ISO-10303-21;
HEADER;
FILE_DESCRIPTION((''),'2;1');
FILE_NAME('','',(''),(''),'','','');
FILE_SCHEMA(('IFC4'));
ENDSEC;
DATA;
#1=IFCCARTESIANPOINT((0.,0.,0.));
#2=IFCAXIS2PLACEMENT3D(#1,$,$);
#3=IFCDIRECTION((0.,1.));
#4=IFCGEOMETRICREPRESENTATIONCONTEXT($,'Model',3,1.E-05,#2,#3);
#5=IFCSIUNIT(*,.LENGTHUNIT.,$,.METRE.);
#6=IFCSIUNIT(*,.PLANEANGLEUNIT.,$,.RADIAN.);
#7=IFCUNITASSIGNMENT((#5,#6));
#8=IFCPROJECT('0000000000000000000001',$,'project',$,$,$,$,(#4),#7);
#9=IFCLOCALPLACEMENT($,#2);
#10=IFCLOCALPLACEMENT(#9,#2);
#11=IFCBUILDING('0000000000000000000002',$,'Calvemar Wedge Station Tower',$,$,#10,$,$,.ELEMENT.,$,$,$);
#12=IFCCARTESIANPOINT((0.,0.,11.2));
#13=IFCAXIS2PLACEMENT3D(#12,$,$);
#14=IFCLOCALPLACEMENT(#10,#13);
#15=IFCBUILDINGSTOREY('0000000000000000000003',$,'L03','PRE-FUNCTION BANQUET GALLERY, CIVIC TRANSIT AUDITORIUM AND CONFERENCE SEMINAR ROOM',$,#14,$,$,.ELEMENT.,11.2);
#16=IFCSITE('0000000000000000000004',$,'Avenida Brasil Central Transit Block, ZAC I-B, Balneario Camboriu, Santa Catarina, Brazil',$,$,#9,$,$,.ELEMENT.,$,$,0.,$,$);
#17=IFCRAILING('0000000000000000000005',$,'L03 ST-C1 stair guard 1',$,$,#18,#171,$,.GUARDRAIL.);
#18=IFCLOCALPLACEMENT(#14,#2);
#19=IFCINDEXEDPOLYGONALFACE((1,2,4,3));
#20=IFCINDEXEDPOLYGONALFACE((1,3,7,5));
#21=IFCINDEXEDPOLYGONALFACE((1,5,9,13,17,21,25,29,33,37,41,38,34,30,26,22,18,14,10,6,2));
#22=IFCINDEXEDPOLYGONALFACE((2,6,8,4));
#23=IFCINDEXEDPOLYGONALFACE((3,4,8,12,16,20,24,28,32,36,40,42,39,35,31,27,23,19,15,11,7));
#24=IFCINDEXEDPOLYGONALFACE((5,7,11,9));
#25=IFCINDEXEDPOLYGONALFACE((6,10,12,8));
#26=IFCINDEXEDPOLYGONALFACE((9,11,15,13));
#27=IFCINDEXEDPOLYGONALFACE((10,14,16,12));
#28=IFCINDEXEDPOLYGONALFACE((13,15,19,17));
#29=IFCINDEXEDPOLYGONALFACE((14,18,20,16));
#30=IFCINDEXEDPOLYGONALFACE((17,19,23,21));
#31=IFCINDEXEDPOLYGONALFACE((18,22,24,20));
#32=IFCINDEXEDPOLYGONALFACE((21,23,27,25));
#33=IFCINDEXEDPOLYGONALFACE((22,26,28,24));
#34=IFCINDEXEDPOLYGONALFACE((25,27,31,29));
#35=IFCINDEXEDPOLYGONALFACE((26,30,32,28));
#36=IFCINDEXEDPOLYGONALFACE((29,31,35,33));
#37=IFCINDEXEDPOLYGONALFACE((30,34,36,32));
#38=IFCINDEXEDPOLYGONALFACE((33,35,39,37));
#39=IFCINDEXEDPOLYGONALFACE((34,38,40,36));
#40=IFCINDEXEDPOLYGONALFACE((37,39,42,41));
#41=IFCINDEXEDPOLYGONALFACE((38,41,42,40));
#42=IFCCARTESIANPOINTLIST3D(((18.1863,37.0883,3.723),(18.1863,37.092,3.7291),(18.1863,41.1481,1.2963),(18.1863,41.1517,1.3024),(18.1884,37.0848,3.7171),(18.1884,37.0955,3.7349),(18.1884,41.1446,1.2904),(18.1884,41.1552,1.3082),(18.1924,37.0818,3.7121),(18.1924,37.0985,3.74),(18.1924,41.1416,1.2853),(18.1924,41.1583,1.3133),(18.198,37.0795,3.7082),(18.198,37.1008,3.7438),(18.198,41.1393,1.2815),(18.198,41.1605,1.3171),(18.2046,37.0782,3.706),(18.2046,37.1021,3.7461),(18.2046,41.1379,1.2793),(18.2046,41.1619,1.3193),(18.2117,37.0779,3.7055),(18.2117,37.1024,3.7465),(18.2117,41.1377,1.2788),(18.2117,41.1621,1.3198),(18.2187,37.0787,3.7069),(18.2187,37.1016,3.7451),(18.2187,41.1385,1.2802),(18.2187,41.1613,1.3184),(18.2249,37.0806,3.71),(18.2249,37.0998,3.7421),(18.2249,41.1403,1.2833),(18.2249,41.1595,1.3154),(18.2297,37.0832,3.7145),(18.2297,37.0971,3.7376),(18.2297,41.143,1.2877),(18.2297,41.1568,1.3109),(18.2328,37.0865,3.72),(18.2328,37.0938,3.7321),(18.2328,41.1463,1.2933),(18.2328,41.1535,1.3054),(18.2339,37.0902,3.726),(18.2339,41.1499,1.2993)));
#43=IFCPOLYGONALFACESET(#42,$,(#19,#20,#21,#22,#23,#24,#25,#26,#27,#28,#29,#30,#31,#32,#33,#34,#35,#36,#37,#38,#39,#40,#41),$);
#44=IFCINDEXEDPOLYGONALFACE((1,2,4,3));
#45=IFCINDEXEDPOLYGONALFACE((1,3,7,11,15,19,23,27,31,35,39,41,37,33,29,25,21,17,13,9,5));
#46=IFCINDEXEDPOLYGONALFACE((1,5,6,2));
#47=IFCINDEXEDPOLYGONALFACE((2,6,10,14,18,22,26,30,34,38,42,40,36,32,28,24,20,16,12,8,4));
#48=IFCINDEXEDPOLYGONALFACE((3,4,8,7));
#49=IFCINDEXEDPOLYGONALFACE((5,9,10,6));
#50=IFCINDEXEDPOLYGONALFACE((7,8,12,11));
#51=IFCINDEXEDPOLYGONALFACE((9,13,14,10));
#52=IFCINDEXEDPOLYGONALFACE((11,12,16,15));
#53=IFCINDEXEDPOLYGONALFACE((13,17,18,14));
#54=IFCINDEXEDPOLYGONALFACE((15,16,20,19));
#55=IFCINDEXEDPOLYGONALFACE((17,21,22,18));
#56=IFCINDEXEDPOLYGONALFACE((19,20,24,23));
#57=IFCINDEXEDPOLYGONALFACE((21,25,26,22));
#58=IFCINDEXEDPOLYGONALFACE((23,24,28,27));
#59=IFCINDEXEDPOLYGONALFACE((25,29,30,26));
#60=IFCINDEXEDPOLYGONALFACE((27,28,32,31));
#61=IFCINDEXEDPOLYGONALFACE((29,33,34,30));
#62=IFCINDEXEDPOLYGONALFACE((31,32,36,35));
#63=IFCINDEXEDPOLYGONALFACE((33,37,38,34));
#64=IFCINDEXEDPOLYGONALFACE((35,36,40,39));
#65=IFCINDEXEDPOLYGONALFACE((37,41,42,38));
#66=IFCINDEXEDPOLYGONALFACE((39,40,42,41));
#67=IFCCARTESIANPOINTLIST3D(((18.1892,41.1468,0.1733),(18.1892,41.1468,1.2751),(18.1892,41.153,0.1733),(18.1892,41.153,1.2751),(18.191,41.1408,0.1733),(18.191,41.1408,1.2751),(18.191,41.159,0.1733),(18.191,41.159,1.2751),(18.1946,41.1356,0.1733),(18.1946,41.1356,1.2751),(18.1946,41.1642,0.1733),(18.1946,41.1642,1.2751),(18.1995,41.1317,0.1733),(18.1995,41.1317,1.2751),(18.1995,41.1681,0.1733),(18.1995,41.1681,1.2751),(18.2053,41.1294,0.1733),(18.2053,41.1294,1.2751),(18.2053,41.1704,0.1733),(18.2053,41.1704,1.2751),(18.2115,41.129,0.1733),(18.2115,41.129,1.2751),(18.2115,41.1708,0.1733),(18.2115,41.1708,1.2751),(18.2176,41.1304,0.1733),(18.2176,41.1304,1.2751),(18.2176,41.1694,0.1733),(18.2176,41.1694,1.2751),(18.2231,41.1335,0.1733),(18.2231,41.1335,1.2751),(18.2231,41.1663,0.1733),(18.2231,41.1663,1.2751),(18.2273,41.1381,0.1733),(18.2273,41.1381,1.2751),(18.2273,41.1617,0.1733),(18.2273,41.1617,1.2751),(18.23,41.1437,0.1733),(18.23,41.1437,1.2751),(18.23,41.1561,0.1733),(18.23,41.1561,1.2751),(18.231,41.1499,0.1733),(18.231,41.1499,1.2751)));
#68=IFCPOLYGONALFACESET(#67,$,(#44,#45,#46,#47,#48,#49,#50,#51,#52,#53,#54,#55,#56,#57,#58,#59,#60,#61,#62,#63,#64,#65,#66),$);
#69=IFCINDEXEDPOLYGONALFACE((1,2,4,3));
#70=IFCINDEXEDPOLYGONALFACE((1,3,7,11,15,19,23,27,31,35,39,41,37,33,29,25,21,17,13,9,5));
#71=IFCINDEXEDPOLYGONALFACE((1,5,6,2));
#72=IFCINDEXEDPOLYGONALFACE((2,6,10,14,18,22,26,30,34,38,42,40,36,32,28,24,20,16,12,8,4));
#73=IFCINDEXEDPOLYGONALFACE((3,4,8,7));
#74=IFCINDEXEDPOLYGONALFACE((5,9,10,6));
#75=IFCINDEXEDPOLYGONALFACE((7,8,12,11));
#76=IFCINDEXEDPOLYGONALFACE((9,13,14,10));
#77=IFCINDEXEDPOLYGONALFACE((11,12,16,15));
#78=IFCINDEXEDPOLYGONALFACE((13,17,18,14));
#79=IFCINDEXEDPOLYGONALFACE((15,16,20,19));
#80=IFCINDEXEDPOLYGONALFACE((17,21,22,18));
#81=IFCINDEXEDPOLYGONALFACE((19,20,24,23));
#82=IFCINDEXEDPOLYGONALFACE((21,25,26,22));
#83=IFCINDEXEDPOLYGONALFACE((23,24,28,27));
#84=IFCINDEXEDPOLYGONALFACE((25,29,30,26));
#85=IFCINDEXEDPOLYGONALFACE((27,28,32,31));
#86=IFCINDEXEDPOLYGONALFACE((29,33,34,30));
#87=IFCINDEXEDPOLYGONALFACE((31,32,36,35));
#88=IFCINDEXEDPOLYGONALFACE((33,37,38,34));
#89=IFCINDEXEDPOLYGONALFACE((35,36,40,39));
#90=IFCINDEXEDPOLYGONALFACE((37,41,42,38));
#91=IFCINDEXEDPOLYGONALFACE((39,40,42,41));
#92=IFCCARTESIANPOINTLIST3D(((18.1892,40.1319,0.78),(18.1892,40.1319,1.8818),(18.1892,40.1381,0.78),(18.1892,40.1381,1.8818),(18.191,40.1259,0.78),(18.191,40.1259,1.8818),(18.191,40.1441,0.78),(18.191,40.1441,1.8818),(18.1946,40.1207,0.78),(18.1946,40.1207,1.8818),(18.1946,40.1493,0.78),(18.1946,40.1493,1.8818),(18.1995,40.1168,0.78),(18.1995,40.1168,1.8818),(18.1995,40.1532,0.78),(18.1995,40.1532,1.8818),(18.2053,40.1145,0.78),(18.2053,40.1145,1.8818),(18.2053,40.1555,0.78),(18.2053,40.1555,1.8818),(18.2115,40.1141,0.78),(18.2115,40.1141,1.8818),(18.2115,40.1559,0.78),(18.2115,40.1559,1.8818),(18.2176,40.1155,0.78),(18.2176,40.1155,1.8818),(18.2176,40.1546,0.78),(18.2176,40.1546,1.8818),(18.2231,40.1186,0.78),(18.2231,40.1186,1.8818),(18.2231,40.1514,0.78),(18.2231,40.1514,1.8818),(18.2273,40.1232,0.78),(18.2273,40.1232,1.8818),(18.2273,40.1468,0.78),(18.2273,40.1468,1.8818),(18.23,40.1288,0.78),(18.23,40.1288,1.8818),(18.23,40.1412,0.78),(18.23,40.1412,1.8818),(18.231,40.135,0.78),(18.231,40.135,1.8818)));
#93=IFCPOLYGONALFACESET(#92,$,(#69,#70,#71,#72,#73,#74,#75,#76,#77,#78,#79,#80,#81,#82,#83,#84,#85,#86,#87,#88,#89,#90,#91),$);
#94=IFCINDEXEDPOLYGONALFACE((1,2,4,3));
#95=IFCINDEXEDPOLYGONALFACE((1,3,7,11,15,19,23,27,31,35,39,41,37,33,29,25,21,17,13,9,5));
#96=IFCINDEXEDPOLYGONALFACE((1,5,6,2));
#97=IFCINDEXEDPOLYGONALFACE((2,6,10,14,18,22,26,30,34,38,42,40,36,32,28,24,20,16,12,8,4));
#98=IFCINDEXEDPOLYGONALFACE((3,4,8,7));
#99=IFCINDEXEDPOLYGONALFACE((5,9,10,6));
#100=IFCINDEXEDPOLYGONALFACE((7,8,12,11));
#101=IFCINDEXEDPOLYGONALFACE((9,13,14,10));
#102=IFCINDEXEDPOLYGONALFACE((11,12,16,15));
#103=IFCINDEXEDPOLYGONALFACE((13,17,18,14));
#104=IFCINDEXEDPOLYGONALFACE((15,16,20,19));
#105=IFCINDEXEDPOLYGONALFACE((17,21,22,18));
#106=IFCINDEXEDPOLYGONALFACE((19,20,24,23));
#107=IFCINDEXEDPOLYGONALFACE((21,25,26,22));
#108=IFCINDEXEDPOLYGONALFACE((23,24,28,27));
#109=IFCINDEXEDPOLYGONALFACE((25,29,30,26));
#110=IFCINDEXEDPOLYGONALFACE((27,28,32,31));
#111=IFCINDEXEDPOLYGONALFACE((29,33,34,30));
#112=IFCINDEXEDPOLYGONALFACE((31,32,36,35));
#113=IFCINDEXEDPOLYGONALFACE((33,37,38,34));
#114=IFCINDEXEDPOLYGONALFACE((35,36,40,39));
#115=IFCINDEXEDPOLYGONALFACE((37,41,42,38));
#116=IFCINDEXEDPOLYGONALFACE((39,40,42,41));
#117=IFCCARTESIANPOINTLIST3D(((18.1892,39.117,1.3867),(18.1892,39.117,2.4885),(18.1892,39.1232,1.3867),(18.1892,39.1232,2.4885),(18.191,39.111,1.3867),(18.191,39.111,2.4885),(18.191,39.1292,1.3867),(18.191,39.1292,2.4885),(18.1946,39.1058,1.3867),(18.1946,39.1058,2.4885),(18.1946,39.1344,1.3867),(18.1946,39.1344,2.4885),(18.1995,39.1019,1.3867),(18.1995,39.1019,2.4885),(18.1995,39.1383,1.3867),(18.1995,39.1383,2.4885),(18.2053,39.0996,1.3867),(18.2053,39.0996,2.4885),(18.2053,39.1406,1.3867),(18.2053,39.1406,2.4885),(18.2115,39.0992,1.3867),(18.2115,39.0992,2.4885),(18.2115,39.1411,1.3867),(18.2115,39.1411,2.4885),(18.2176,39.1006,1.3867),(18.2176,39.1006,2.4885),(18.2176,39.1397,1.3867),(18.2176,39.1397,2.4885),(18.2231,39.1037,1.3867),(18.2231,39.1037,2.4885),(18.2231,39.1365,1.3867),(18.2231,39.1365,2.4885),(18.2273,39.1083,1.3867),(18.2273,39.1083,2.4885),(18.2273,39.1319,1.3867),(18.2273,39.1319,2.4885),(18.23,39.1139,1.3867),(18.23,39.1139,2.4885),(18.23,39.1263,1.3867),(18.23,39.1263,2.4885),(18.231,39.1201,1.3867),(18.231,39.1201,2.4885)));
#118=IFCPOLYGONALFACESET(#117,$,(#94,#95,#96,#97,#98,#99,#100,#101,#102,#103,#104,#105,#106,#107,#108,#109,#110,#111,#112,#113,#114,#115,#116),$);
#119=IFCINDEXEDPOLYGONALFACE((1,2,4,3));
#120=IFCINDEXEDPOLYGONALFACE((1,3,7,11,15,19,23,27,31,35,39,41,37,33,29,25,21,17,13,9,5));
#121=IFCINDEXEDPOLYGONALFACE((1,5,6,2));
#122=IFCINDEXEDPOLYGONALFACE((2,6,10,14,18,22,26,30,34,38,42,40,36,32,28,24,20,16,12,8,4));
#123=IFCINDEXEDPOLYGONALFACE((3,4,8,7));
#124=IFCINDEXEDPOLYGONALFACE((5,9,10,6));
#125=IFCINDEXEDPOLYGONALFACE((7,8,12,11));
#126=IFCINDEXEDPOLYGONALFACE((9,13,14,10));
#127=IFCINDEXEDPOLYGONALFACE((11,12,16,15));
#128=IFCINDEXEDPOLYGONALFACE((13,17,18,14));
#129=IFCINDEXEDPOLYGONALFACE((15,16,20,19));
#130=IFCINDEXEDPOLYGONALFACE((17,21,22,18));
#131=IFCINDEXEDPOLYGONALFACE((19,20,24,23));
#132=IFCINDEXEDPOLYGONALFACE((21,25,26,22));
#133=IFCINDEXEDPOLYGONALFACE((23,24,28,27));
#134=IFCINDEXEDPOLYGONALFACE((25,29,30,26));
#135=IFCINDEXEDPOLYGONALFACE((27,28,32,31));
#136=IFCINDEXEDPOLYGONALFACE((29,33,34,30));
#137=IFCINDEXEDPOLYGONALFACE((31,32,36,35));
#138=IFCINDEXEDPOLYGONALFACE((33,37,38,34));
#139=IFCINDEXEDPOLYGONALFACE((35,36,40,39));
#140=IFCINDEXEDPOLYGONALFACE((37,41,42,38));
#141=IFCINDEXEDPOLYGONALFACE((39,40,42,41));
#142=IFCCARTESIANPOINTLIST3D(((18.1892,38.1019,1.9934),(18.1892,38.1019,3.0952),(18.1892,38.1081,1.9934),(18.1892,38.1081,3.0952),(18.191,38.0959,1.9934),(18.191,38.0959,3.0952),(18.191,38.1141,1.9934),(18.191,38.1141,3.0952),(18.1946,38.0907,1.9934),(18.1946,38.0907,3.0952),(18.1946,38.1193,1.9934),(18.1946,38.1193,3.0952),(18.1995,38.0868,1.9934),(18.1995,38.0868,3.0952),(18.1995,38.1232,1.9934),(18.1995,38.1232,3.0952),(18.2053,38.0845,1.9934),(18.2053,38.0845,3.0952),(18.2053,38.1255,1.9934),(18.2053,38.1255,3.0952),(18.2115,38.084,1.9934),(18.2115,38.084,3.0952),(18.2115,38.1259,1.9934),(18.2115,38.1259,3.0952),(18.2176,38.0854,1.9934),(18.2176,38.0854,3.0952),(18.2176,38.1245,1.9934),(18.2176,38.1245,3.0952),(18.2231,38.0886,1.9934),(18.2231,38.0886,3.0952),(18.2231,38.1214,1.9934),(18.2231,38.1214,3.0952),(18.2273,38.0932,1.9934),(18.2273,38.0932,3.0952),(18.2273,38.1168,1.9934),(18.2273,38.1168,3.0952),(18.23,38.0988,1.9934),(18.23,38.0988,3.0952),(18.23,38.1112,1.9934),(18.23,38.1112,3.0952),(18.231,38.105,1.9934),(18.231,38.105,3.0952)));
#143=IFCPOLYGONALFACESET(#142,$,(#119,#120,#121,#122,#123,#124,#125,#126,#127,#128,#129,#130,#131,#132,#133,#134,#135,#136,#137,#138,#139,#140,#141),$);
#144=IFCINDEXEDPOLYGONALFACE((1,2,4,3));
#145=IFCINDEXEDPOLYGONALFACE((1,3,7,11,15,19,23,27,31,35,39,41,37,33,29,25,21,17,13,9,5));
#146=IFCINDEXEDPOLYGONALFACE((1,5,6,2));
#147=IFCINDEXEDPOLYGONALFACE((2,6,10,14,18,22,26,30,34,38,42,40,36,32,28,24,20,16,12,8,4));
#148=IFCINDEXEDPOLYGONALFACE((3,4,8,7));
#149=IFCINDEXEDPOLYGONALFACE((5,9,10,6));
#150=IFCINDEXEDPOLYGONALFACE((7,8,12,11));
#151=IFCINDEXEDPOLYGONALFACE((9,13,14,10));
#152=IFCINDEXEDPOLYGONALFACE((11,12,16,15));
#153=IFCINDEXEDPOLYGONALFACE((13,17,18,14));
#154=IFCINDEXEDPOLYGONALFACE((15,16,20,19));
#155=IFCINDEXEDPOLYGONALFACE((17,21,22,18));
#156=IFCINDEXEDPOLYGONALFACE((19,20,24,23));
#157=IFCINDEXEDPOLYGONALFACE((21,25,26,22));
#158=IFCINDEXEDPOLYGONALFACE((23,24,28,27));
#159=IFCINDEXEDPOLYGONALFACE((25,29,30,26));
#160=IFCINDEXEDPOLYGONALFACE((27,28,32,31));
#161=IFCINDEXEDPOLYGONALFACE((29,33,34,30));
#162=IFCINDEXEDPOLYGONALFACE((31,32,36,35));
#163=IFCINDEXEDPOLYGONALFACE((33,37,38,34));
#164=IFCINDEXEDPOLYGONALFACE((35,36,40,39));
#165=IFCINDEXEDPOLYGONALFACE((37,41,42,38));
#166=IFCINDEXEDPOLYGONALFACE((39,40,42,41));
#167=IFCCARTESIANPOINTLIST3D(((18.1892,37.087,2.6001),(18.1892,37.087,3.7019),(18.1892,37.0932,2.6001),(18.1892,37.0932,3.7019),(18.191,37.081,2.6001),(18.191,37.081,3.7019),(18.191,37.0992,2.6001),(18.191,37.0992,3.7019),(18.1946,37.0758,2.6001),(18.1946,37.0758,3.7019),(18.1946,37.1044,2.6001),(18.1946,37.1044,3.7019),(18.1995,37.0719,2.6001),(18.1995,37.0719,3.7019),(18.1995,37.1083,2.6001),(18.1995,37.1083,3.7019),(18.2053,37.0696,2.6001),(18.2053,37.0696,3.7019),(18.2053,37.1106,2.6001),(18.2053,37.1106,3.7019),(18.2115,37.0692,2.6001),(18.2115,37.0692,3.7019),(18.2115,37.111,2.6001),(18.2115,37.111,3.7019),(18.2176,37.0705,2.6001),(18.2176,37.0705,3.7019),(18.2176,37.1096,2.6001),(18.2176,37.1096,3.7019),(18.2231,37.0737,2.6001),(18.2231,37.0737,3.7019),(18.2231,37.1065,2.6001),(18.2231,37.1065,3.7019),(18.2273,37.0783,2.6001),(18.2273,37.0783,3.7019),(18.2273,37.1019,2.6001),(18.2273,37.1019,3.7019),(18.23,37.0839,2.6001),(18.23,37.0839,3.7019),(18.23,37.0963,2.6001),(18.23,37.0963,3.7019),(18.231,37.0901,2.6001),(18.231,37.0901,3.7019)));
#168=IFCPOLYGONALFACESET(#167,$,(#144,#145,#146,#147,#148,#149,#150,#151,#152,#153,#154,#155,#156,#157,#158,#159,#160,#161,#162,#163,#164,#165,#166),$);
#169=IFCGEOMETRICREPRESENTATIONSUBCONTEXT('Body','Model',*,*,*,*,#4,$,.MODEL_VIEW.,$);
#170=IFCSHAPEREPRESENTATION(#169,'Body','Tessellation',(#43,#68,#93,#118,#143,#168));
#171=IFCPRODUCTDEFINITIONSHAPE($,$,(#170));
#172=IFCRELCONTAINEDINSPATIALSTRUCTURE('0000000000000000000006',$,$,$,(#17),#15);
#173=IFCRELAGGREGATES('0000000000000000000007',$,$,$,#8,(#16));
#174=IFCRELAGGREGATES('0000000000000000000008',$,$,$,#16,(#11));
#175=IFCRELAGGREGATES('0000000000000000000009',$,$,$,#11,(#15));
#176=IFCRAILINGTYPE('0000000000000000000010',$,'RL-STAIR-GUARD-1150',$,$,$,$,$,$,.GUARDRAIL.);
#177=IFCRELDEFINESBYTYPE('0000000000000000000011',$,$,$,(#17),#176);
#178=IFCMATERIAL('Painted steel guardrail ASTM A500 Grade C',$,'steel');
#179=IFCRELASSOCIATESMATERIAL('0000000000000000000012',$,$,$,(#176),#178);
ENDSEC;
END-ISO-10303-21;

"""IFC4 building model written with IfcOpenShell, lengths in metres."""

from ifc_helpers import new_model, si_unit, direction, frame, origin, origin_2d, place, context, subcontext, project, spatial, circle, extrude, material, type_object, element, save


model = new_model("IFC4")

# Units and contexts
model_context = context("Model", 3, precision=1e-05, world=origin(), true_north=direction((0.0, 1.0)))
body_context = subcontext(model_context, "Body", "Model", "MODEL_VIEW")
ifc_project = project(units=[si_unit("LENGTHUNIT", "METRE"), si_unit("PLANEANGLEUNIT", "RADIAN")], contexts=[model_context])

# Site, building, storey
site_placement = place(None, origin())
site = spatial("IfcSite", under=ifc_project, at=site_placement, Name="Avenida Brasil Central Transit Block, ZAC I-B, Balneario Camboriu, Santa Catarina, Brazil", CompositionType="ELEMENT", RefElevation=0.0)
building_placement = place(site_placement, origin())
building = spatial("IfcBuilding", under=site, at=building_placement, Name="Calvemar Wedge Station Tower", CompositionType="ELEMENT")
storey_placement = place(building_placement, frame((0.0, 0.0, 11.2)))
storey = spatial("IfcBuildingStorey", under=building, at=storey_placement, Name="L03", Description="PRE-FUNCTION BANQUET GALLERY, CIVIC TRANSIT AUDITORIUM AND CONFERENCE SEMINAR ROOM", CompositionType="ELEMENT", Elevation=11.2)

# Railing
ifc_material_1 = material(Name="Painted steel guardrail ASTM A500 Grade C", Category="steel")
railing_type = type_object("IfcRailingType", Name="RL-STAIR-GUARD-1150", PredefinedType="GUARDRAIL", material=ifc_material_1)
railing_1_placement = place(storey_placement, frame((18.21, 41.1499, 0.1733)))
element("IfcRailing", 1, at=railing_1_placement, inside=storey, type_object=railing_type, Name="L03 ST-C1 stair guard 1", PredefinedType="GUARDRAIL", context=body_context, shape_type="SweptSolid", body=[
    extrude(circle(Radius=0.0239, at=origin_2d()), frame((0.0, 0.0, 1.126), z_axis=(0.0, -0.858343, 0.513076), x_axis=(1.0, 0.0, 0.0)), (0.0, 0.0, 1.0), 4.7297),
    extrude(circle(Radius=0.021, at=origin_2d()), origin(), (0.0, 0.0, 1.0), 1.1018),
    extrude(circle(Radius=0.021, at=origin_2d()), frame((0.0, -1.0149, 0.6067)), (0.0, 0.0, 1.0), 1.1018),
    extrude(circle(Radius=0.021, at=origin_2d()), frame((0.0, -2.0298, 1.2134)), (0.0, 0.0, 1.0), 1.1018),
    extrude(circle(Radius=0.021, at=origin_2d()), frame((0.0, -3.0449, 1.8201)), (0.0, 0.0, 1.0), 1.1018),
    extrude(circle(Radius=0.021, at=origin_2d()), frame((0.0, -4.0598, 2.4268)), (0.0, 0.0, 1.0), 1.1018),
])

save(model, "model.ifc")
